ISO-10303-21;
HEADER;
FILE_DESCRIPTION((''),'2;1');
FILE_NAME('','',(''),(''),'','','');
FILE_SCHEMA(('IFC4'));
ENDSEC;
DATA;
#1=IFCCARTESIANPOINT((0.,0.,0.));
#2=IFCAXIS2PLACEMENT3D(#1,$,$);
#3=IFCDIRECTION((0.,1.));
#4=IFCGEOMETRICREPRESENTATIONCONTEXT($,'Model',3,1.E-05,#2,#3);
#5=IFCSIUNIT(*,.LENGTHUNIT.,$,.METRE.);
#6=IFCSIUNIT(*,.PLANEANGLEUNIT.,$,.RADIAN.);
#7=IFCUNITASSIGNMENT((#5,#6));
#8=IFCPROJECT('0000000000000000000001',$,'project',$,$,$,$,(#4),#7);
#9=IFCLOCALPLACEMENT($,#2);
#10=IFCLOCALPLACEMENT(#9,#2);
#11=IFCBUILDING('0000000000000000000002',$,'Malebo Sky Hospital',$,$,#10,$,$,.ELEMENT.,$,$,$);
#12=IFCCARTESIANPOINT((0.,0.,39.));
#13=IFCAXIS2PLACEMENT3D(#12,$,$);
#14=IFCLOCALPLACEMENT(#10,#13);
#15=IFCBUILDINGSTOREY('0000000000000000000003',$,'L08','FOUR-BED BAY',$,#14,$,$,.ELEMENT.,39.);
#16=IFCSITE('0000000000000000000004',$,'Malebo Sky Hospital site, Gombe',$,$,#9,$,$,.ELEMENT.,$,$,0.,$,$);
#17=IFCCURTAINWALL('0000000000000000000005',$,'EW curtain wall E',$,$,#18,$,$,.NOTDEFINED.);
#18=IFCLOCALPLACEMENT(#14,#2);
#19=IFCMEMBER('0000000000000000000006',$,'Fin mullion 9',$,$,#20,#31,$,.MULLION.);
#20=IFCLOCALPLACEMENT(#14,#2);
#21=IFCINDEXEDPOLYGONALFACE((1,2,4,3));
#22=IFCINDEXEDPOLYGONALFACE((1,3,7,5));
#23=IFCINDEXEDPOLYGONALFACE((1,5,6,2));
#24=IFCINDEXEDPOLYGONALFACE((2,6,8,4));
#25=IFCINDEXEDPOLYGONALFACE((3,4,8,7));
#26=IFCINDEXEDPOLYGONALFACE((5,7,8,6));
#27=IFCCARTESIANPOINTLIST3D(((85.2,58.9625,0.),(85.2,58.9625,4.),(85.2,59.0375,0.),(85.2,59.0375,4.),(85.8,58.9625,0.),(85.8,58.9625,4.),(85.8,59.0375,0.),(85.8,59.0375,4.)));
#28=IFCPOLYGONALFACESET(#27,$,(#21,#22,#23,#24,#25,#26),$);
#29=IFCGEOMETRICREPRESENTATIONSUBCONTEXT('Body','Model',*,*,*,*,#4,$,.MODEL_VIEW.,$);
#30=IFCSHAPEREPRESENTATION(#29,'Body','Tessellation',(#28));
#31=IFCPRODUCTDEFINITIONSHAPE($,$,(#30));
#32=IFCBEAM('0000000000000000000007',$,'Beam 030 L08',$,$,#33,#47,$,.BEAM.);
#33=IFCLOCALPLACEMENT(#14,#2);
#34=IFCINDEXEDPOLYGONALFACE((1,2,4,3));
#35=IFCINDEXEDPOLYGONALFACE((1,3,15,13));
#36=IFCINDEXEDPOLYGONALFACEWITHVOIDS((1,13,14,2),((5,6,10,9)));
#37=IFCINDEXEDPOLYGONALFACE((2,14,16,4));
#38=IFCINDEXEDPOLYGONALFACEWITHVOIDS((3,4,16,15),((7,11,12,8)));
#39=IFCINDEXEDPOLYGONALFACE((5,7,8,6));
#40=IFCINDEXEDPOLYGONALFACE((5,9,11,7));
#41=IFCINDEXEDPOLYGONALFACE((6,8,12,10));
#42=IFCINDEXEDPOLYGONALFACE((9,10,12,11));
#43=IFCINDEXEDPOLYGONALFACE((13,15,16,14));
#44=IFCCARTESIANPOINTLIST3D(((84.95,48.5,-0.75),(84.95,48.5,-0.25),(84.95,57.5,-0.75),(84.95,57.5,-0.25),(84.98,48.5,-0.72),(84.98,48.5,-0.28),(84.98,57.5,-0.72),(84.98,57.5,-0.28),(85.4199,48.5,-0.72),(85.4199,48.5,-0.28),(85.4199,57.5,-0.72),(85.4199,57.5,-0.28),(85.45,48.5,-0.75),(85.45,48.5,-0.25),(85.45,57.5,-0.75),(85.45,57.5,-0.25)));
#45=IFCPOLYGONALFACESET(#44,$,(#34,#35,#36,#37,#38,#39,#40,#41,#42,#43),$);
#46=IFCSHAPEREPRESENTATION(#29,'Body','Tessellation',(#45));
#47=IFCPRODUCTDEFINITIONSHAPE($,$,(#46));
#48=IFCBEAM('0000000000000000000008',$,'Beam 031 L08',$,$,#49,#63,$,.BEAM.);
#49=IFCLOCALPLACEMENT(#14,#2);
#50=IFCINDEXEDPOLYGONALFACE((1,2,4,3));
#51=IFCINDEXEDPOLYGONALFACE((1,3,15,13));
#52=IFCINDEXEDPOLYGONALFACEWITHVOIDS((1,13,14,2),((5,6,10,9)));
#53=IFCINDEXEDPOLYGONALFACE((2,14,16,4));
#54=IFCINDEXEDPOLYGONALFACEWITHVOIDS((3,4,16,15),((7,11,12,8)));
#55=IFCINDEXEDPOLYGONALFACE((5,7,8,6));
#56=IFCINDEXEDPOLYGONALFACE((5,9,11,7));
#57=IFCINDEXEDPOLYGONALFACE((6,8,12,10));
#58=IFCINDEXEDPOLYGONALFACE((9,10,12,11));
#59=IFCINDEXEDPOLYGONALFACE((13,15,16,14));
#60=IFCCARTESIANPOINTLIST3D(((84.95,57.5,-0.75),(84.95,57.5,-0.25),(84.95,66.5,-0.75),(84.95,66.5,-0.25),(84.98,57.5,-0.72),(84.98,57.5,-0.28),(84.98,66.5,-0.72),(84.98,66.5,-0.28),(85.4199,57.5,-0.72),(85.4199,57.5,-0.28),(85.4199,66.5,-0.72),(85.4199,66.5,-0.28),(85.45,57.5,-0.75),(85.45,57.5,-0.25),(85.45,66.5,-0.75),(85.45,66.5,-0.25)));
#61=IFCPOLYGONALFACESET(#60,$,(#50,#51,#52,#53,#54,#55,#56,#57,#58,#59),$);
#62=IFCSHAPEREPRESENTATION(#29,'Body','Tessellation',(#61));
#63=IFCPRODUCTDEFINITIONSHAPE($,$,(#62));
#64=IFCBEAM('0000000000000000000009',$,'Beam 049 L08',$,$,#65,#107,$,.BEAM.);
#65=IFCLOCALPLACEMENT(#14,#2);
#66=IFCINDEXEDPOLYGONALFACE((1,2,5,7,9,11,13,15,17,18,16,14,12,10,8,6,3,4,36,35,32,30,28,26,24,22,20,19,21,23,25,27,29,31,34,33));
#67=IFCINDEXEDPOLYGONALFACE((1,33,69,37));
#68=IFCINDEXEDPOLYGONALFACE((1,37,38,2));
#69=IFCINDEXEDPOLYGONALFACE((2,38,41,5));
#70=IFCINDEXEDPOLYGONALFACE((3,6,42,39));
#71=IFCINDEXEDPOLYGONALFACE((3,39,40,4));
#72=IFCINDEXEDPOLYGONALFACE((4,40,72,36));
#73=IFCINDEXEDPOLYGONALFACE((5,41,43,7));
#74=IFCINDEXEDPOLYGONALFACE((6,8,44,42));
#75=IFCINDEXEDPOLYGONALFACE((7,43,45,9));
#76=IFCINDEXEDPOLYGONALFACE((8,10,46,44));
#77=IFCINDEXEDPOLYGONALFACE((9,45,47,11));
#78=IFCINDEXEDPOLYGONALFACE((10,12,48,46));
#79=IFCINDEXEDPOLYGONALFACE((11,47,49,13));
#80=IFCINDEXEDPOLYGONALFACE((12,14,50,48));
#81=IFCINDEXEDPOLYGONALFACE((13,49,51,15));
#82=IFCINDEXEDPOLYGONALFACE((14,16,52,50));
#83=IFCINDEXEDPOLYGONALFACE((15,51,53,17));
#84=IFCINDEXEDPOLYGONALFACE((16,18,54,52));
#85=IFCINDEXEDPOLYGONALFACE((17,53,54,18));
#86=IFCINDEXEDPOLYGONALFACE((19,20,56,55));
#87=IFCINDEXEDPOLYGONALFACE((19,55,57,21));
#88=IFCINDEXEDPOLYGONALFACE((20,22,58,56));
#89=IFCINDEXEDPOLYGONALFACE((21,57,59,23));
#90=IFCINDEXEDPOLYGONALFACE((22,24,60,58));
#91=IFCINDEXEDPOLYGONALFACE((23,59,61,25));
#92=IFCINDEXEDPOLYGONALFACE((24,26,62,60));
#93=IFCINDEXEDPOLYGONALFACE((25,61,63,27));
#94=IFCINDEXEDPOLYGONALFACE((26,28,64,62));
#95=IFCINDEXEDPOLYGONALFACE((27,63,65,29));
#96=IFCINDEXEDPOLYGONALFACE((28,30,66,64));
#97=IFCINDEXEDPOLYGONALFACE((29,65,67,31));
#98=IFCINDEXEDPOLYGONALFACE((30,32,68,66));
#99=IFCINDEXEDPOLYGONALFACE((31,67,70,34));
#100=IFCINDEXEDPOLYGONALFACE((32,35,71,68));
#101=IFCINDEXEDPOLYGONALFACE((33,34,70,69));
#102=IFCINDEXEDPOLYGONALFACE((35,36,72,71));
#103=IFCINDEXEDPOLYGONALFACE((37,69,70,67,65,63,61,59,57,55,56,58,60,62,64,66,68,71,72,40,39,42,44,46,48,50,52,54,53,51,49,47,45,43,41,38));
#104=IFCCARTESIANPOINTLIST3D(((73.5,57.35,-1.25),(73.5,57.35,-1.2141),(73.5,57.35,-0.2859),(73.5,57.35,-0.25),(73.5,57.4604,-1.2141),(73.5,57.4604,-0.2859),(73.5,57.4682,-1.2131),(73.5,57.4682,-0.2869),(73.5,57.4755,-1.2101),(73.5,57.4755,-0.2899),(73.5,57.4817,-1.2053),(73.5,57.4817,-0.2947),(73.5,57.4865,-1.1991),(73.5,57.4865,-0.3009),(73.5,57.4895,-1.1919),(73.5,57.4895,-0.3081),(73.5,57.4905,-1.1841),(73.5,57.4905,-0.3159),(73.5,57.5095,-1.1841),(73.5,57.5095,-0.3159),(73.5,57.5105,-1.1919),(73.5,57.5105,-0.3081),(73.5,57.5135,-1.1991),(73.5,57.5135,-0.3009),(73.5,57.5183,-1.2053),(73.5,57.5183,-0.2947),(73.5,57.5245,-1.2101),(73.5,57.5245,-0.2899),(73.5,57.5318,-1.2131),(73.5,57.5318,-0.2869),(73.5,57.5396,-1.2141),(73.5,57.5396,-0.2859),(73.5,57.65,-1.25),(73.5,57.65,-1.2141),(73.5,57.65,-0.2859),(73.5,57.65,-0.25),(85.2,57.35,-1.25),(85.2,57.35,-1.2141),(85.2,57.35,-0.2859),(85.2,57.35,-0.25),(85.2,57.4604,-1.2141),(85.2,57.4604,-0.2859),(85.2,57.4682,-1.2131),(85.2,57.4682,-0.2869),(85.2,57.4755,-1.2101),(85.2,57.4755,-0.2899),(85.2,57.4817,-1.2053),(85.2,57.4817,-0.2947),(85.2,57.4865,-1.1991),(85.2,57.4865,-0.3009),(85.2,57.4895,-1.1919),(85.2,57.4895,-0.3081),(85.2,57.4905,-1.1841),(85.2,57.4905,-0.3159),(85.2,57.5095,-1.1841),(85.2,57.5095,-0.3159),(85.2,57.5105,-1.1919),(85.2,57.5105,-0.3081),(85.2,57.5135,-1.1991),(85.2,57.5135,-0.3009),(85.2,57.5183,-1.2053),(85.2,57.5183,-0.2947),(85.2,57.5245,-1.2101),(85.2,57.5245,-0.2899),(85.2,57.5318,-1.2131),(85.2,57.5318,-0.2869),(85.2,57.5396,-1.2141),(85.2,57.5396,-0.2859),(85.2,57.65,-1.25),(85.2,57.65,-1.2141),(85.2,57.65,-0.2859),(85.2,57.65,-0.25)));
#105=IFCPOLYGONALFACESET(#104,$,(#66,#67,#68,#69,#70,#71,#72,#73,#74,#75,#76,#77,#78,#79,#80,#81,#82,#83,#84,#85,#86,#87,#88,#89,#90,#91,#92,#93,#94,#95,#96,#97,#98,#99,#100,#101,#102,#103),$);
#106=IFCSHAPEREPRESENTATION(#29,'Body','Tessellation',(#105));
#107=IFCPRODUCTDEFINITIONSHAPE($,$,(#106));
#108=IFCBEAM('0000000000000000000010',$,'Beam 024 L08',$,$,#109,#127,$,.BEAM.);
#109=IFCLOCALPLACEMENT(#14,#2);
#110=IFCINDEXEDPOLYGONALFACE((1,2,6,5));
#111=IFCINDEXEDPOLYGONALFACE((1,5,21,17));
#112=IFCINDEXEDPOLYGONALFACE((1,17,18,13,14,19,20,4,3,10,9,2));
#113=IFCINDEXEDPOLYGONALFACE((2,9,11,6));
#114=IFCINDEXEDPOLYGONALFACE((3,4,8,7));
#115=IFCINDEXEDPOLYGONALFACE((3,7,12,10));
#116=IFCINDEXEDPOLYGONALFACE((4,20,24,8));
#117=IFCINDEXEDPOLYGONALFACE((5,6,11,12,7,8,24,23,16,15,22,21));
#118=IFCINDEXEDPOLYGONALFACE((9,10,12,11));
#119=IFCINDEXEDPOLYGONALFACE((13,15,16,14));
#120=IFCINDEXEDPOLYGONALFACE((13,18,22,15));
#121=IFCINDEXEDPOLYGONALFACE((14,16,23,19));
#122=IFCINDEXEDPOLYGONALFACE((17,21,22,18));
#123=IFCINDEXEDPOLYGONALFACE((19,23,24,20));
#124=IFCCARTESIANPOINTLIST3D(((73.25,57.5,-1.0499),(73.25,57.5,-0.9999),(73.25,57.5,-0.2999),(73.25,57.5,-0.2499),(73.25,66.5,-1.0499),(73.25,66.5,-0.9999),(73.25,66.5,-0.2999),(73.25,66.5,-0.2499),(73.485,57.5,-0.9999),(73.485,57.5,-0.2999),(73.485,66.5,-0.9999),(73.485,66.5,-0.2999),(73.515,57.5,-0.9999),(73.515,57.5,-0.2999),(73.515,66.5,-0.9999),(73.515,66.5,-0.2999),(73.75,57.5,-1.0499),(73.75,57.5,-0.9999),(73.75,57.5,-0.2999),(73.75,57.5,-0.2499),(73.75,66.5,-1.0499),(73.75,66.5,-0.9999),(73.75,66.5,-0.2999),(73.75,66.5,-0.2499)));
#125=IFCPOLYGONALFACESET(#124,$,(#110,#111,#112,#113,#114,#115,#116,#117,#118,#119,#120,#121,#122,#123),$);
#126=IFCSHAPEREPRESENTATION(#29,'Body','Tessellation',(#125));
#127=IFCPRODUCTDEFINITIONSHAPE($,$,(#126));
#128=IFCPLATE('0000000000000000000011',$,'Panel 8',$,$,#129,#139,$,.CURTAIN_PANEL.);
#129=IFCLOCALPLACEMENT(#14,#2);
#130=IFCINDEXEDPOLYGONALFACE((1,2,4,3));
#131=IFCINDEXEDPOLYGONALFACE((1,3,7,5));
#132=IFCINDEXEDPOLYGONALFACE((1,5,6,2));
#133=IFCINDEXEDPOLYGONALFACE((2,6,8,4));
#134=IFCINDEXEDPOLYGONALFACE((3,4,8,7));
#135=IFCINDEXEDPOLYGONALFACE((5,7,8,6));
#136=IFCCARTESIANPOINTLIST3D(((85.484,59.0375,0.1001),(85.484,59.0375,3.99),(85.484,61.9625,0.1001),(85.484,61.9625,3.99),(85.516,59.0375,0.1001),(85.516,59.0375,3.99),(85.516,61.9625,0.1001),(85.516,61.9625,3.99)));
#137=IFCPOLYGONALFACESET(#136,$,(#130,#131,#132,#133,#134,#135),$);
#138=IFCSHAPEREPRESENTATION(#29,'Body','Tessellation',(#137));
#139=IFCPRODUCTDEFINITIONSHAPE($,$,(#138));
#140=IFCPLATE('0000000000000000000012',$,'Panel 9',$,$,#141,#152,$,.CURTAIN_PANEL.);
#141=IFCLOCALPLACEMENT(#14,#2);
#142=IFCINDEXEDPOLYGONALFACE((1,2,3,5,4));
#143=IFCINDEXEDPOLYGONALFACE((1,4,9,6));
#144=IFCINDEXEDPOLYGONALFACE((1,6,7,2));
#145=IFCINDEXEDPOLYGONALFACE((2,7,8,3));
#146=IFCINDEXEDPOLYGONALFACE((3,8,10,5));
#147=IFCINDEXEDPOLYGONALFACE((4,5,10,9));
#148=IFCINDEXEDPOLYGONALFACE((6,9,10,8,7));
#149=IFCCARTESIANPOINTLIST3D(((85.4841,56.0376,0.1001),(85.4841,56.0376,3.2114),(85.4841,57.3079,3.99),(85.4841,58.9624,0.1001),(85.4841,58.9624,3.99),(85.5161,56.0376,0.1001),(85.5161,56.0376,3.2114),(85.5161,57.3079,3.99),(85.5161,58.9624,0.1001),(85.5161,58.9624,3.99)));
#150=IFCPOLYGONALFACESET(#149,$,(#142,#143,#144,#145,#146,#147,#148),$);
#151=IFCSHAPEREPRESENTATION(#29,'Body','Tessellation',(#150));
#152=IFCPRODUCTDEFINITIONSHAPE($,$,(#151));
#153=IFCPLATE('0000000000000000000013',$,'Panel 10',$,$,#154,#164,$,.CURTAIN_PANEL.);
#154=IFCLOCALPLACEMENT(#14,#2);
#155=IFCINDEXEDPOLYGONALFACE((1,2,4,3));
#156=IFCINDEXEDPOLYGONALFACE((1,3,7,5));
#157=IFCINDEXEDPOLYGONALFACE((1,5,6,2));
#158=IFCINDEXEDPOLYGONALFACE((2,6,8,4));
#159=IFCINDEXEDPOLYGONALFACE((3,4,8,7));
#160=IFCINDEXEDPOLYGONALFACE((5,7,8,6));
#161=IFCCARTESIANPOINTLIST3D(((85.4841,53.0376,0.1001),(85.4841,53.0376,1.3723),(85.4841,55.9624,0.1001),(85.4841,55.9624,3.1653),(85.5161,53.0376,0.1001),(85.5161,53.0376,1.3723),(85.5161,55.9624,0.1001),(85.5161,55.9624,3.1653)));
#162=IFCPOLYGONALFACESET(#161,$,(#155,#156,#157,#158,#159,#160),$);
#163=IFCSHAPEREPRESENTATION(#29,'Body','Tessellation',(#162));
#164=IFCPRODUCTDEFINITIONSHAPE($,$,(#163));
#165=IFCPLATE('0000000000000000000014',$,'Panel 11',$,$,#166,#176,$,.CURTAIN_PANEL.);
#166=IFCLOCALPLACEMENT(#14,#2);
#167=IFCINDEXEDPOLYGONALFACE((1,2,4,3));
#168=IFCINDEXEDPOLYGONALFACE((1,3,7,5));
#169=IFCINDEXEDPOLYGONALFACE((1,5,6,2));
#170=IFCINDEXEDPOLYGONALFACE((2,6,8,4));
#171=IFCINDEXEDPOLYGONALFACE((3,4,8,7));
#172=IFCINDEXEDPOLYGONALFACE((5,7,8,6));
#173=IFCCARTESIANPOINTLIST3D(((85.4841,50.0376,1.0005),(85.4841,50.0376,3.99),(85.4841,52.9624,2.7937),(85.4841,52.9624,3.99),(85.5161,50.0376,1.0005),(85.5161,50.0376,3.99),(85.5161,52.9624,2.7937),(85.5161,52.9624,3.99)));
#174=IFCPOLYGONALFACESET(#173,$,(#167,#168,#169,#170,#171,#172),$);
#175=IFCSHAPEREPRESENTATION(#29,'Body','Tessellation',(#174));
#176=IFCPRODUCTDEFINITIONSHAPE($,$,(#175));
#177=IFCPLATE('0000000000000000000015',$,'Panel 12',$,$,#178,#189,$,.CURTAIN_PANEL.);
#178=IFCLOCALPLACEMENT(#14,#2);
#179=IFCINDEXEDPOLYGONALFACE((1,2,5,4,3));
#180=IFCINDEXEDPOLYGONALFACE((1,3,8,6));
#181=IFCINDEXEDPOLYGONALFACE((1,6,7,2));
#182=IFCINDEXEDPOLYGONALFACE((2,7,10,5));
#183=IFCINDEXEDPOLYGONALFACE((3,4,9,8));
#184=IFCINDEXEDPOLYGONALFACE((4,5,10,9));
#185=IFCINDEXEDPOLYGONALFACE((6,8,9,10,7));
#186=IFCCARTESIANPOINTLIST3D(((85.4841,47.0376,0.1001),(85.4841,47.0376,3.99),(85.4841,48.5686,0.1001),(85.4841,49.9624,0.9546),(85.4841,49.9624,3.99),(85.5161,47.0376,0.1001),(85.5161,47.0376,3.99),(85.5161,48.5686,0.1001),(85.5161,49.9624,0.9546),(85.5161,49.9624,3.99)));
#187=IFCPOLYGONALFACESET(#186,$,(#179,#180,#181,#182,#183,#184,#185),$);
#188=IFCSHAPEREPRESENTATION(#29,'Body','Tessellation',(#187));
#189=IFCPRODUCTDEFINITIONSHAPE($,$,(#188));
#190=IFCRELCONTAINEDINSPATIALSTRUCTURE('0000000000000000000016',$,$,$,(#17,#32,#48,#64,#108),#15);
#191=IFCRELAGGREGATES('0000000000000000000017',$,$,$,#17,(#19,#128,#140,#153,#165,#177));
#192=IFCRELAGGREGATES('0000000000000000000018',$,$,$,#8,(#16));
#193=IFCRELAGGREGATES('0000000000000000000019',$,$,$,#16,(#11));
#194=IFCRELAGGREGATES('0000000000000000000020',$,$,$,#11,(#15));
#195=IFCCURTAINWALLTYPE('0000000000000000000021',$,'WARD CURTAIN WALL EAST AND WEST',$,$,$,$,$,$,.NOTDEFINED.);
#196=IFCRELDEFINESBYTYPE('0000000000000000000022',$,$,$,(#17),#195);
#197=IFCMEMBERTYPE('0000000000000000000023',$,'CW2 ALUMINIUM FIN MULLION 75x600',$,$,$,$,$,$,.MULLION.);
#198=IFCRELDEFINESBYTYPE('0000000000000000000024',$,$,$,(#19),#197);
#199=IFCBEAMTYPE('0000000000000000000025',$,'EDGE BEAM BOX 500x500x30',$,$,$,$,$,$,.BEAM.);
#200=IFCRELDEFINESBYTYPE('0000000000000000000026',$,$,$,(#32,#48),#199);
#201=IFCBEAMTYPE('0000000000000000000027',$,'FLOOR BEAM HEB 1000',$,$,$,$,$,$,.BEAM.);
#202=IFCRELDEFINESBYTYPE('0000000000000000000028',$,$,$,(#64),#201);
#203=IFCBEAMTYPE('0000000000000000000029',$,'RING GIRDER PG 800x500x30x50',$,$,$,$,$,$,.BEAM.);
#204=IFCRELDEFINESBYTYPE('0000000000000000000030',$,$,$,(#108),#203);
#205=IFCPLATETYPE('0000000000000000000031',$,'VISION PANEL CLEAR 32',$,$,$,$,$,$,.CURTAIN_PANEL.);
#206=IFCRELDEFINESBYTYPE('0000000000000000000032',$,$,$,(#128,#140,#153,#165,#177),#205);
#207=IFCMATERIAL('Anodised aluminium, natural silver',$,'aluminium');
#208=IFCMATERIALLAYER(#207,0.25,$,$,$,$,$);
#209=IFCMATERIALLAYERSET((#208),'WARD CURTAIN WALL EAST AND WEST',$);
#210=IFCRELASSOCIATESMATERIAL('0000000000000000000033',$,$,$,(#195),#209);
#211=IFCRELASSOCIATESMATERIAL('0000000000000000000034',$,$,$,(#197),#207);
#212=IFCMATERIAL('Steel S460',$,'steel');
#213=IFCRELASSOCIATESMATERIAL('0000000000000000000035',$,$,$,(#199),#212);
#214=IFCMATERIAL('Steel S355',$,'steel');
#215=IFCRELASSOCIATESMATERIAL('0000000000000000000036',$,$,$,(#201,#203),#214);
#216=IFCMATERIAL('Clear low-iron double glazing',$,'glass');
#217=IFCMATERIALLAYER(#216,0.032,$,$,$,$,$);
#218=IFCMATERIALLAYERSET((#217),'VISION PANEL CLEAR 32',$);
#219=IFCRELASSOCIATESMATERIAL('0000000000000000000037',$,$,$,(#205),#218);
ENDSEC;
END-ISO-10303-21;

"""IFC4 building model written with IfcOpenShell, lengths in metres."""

from ifc_helpers import new_model, si_unit, direction, frame, origin, origin_2d, place, context, subcontext, project, spatial, polyline, rectangle, hollow_rectangle, i_section, outline, extrude, material, layer, layer_set, material_profile, profile_set, type_object, element, aggregate, save


model = new_model("IFC4")

# Units and contexts
model_context = context("Model", 3, precision=1e-05, world=origin(), true_north=direction((0.0, 1.0)))
body_context = subcontext(model_context, "Body", "Model", "MODEL_VIEW")
ifc_project = project(units=[si_unit("LENGTHUNIT", "METRE"), si_unit("PLANEANGLEUNIT", "RADIAN")], contexts=[model_context])

# Site, building, storey
site_placement = place(None, origin())
site = spatial("IfcSite", under=ifc_project, at=site_placement, Name="Malebo Sky Hospital site, Gombe", CompositionType="ELEMENT", RefElevation=0.0)
building_placement = place(site_placement, origin())
building = spatial("IfcBuilding", under=site, at=building_placement, Name="Malebo Sky Hospital", CompositionType="ELEMENT")
storey_placement = place(building_placement, frame((0.0, 0.0, 39.0)))
storey = spatial("IfcBuildingStorey", under=building, at=storey_placement, Name="L08", Description="FOUR-BED BAY", CompositionType="ELEMENT", Elevation=39.0)

# Shared definitions
ifc_material_1 = material(Name="Steel S460", Category="steel")

# Curtain wall
ifc_material_2 = material(Name="Anodised aluminium, natural silver", Category="aluminium")
ifc_layer_1 = layer(ifc_material_2, 0.25)
ifc_layer_set_1 = layer_set([ifc_layer_1], Name="WARD CURTAIN WALL EAST AND WEST")
curtain_wall_type = type_object("IfcCurtainWallType", Name="WARD CURTAIN WALL EAST AND WEST", PredefinedType="NOTDEFINED", material=ifc_layer_set_1)
curtain_wall_placement = place(storey_placement, origin())
curtain_wall = element("IfcCurtainWall", 1, at=curtain_wall_placement, inside=storey, type_object=curtain_wall_type, Name="EW curtain wall E", PredefinedType="NOTDEFINED")

# Member
ifc_material_3 = material(Name="Steel S355", Category="steel")
ifc_material_profile_1 = material_profile(ifc_material_2, rectangle(XDim=0.075, YDim=0.6001, at=origin_2d()), Name="CW2 ALUMINIUM FIN MULLION 75x600")
ifc_profile_set_1 = profile_set([ifc_material_profile_1], Name="Anodised aluminium, natural silver")
member_type_1 = type_object("IfcMemberType", Name="CW2 ALUMINIUM FIN MULLION 75x600", PredefinedType="MULLION", material=ifc_profile_set_1)
member_1_placement = place(storey_placement, frame((85.5, 59.0, 0.0), z_axis=(0.0, 0.0, 1.0), x_axis=(0.0, -1.0, 0.0)))
member_1 = element("IfcMember", 2, at=member_1_placement, type_object=member_type_1, Name="Fin mullion 9", PredefinedType="MULLION", context=body_context, shape_type="SweptSolid", body=[
    extrude(rectangle(XDim=0.075, YDim=0.6001, at=origin_2d()), origin(), (0.0, 0.0, 1.0), 4.0),
])

# Beams
ifc_material_profile_2 = material_profile(ifc_material_1, hollow_rectangle(XDim=0.5, YDim=0.5, WallThickness=0.03, at=origin_2d()), Name="BOX 500x500x30")
ifc_profile_set_2 = profile_set([ifc_material_profile_2], Name="Steel S460")
beam_type_1 = type_object("IfcBeamType", Name="EDGE BEAM BOX 500x500x30", PredefinedType="BEAM", material=ifc_profile_set_2)
for number, where, z_axis, x_axis, name in (
    (3, (85.2, 48.5, -0.5), (0.0, 1.0, 0.0), (-1.0, 0.0, 0.0), "Beam 030 L08"),
    (4, (85.2, 57.5, -0.5), (0.0, 1.0, 0.0), (-1.0, 0.0, 0.0), "Beam 031 L08"),
):
    element("IfcBeam", number, at=place(storey_placement, frame(where, z_axis=z_axis, x_axis=x_axis)), inside=storey, type_object=beam_type_1, Name=name, PredefinedType="BEAM", context=body_context, shape_type="SweptSolid", body=[
        extrude(hollow_rectangle(XDim=0.5, YDim=0.5, WallThickness=0.03, at=origin_2d()), origin(), (0.0, 0.0, 1.0), 9.0),
    ])
ifc_material_profile_3 = material_profile(ifc_material_3, i_section(OverallWidth=0.3, OverallDepth=1.0, WebThickness=0.019, FlangeThickness=0.0359, FilletRadius=0.03, at=origin_2d()), Name="HEB 1000")
ifc_profile_set_3 = profile_set([ifc_material_profile_3], Name="Steel S355")
beam_type_2 = type_object("IfcBeamType", Name="FLOOR BEAM HEB 1000", PredefinedType="BEAM", material=ifc_profile_set_3)
beam_1_placement = place(storey_placement, frame((73.5, 57.5, -0.75), z_axis=(1.0, 0.0, 0.0), x_axis=(0.0, 1.0, 0.0)))
element("IfcBeam", 5, at=beam_1_placement, inside=storey, type_object=beam_type_2, Name="Beam 049 L08", PredefinedType="BEAM", context=body_context, shape_type="SweptSolid", body=[
    extrude(i_section(OverallWidth=0.3, OverallDepth=1.0, WebThickness=0.019, FlangeThickness=0.0359, FilletRadius=0.03, at=origin_2d()), origin(), (0.0, 0.0, 1.0), 11.7),
])
ifc_material_profile_4 = material_profile(ifc_material_3, i_section(OverallWidth=0.5, OverallDepth=0.8, WebThickness=0.03, FlangeThickness=0.05, at=origin_2d()), Name="PG 800x500x30x50")
ifc_profile_set_4 = profile_set([ifc_material_profile_4], Name="Steel S355")
beam_type_3 = type_object("IfcBeamType", Name="RING GIRDER PG 800x500x30x50", PredefinedType="BEAM", material=ifc_profile_set_4)
beam_2_placement = place(storey_placement, frame((73.5, 57.5, -0.6499), z_axis=(0.0, 1.0, 0.0), x_axis=(-1.0, 0.0, 0.0)))
element("IfcBeam", 6, at=beam_2_placement, inside=storey, type_object=beam_type_3, Name="Beam 024 L08", PredefinedType="BEAM", context=body_context, shape_type="SweptSolid", body=[
    extrude(i_section(OverallWidth=0.5, OverallDepth=0.8, WebThickness=0.03, FlangeThickness=0.05, at=origin_2d()), origin(), (0.0, 0.0, 1.0), 9.0),
])

# Plates
ifc_material_4 = material(Name="Clear low-iron double glazing", Category="glass")
ifc_layer_2 = layer(ifc_material_4, 0.032)
ifc_layer_set_2 = layer_set([ifc_layer_2], Name="VISION PANEL CLEAR 32")
plate_type = type_object("IfcPlateType", Name="VISION PANEL CLEAR 32", PredefinedType="CURTAIN_PANEL", material=ifc_layer_set_2)
plate_1_placement = place(storey_placement, frame((85.5, 60.5, 0.1001), z_axis=(0.0, 0.0, 1.0), x_axis=(0.0, -1.0, 0.0)))
plate_1 = element("IfcPlate", 7, at=plate_1_placement, type_object=plate_type, Name="Panel 8", PredefinedType="CURTAIN_PANEL", context=body_context, shape_type="SweptSolid", body=[
    extrude(rectangle(XDim=2.925, YDim=0.032, at=origin_2d()), origin(), (0.0, 0.0, 1.0), 3.8899),
])
plate_2_placement = place(storey_placement, frame((85.5, 57.5, 0.1001), z_axis=(0.0, 0.0, 1.0), x_axis=(0.0, -1.0, 0.0)))
plate_2 = element("IfcPlate", 8, at=plate_2_placement, type_object=plate_type, Name="Panel 9", PredefinedType="CURTAIN_PANEL", context=body_context, shape_type="SweptSolid", body=[
    extrude(outline(polyline([(-1.4624, 0.0), (1.4624, 0.0), (1.4624, 3.1113), (0.1921, 3.8899), (-1.4624, 3.8899), (-1.4624, 0.0)])), frame((0.0, 0.0161, 0.0), z_axis=(0.0, -1.0, 0.0), x_axis=(1.0, 0.0, 0.0)), (0.0, 0.0, 1.0), 0.032),
])
plate_3_placement = place(storey_placement, frame((85.5, 54.5, 0.1001), z_axis=(0.0, 0.0, 1.0), x_axis=(0.0, -1.0, 0.0)))
plate_3 = element("IfcPlate", 9, at=plate_3_placement, type_object=plate_type, Name="Panel 10", PredefinedType="CURTAIN_PANEL", context=body_context, shape_type="SweptSolid", body=[
    extrude(outline(polyline([(-1.4624, 0.0), (1.4624, 0.0), (1.4624, 1.2722), (-1.4624, 3.0652), (-1.4624, 0.0)])), frame((0.0, 0.0161, 0.0), z_axis=(0.0, -1.0, 0.0), x_axis=(1.0, 0.0, 0.0)), (0.0, 0.0, 1.0), 0.032),
])
plate_4_placement = place(storey_placement, frame((85.5, 51.5, 1.0005), z_axis=(0.0, 0.0, 1.0), x_axis=(0.0, -1.0, 0.0)))
plate_4 = element("IfcPlate", 10, at=plate_4_placement, type_object=plate_type, Name="Panel 11", PredefinedType="CURTAIN_PANEL", context=body_context, shape_type="SweptSolid", body=[
    extrude(outline(polyline([(1.4624, 0.0), (1.4624, 2.9895), (-1.4624, 2.9895), (-1.4624, 1.7932), (1.4624, 0.0)])), frame((0.0, 0.0161, 0.0), z_axis=(0.0, -1.0, 0.0), x_axis=(1.0, 0.0, 0.0)), (0.0, 0.0, 1.0), 0.032),
])
plate_5_placement = place(storey_placement, frame((85.5, 48.5, 0.1001), z_axis=(0.0, 0.0, 1.0), x_axis=(0.0, -1.0, 0.0)))
plate_5 = element("IfcPlate", 11, at=plate_5_placement, type_object=plate_type, Name="Panel 12", PredefinedType="CURTAIN_PANEL", context=body_context, shape_type="SweptSolid", body=[
    extrude(outline(polyline([(-0.0686, 0.0), (1.4624, 0.0), (1.4624, 3.8899), (-1.4624, 3.8899), (-1.4624, 0.8545), (-0.0686, 0.0)])), frame((0.0, 0.0161, 0.0), z_axis=(0.0, -1.0, 0.0), x_axis=(1.0, 0.0, 0.0)), (0.0, 0.0, 1.0), 0.032),
])
aggregate(curtain_wall, [member_1, plate_1, plate_2, plate_3, plate_4, plate_5])

save(model, "model.ifc")
